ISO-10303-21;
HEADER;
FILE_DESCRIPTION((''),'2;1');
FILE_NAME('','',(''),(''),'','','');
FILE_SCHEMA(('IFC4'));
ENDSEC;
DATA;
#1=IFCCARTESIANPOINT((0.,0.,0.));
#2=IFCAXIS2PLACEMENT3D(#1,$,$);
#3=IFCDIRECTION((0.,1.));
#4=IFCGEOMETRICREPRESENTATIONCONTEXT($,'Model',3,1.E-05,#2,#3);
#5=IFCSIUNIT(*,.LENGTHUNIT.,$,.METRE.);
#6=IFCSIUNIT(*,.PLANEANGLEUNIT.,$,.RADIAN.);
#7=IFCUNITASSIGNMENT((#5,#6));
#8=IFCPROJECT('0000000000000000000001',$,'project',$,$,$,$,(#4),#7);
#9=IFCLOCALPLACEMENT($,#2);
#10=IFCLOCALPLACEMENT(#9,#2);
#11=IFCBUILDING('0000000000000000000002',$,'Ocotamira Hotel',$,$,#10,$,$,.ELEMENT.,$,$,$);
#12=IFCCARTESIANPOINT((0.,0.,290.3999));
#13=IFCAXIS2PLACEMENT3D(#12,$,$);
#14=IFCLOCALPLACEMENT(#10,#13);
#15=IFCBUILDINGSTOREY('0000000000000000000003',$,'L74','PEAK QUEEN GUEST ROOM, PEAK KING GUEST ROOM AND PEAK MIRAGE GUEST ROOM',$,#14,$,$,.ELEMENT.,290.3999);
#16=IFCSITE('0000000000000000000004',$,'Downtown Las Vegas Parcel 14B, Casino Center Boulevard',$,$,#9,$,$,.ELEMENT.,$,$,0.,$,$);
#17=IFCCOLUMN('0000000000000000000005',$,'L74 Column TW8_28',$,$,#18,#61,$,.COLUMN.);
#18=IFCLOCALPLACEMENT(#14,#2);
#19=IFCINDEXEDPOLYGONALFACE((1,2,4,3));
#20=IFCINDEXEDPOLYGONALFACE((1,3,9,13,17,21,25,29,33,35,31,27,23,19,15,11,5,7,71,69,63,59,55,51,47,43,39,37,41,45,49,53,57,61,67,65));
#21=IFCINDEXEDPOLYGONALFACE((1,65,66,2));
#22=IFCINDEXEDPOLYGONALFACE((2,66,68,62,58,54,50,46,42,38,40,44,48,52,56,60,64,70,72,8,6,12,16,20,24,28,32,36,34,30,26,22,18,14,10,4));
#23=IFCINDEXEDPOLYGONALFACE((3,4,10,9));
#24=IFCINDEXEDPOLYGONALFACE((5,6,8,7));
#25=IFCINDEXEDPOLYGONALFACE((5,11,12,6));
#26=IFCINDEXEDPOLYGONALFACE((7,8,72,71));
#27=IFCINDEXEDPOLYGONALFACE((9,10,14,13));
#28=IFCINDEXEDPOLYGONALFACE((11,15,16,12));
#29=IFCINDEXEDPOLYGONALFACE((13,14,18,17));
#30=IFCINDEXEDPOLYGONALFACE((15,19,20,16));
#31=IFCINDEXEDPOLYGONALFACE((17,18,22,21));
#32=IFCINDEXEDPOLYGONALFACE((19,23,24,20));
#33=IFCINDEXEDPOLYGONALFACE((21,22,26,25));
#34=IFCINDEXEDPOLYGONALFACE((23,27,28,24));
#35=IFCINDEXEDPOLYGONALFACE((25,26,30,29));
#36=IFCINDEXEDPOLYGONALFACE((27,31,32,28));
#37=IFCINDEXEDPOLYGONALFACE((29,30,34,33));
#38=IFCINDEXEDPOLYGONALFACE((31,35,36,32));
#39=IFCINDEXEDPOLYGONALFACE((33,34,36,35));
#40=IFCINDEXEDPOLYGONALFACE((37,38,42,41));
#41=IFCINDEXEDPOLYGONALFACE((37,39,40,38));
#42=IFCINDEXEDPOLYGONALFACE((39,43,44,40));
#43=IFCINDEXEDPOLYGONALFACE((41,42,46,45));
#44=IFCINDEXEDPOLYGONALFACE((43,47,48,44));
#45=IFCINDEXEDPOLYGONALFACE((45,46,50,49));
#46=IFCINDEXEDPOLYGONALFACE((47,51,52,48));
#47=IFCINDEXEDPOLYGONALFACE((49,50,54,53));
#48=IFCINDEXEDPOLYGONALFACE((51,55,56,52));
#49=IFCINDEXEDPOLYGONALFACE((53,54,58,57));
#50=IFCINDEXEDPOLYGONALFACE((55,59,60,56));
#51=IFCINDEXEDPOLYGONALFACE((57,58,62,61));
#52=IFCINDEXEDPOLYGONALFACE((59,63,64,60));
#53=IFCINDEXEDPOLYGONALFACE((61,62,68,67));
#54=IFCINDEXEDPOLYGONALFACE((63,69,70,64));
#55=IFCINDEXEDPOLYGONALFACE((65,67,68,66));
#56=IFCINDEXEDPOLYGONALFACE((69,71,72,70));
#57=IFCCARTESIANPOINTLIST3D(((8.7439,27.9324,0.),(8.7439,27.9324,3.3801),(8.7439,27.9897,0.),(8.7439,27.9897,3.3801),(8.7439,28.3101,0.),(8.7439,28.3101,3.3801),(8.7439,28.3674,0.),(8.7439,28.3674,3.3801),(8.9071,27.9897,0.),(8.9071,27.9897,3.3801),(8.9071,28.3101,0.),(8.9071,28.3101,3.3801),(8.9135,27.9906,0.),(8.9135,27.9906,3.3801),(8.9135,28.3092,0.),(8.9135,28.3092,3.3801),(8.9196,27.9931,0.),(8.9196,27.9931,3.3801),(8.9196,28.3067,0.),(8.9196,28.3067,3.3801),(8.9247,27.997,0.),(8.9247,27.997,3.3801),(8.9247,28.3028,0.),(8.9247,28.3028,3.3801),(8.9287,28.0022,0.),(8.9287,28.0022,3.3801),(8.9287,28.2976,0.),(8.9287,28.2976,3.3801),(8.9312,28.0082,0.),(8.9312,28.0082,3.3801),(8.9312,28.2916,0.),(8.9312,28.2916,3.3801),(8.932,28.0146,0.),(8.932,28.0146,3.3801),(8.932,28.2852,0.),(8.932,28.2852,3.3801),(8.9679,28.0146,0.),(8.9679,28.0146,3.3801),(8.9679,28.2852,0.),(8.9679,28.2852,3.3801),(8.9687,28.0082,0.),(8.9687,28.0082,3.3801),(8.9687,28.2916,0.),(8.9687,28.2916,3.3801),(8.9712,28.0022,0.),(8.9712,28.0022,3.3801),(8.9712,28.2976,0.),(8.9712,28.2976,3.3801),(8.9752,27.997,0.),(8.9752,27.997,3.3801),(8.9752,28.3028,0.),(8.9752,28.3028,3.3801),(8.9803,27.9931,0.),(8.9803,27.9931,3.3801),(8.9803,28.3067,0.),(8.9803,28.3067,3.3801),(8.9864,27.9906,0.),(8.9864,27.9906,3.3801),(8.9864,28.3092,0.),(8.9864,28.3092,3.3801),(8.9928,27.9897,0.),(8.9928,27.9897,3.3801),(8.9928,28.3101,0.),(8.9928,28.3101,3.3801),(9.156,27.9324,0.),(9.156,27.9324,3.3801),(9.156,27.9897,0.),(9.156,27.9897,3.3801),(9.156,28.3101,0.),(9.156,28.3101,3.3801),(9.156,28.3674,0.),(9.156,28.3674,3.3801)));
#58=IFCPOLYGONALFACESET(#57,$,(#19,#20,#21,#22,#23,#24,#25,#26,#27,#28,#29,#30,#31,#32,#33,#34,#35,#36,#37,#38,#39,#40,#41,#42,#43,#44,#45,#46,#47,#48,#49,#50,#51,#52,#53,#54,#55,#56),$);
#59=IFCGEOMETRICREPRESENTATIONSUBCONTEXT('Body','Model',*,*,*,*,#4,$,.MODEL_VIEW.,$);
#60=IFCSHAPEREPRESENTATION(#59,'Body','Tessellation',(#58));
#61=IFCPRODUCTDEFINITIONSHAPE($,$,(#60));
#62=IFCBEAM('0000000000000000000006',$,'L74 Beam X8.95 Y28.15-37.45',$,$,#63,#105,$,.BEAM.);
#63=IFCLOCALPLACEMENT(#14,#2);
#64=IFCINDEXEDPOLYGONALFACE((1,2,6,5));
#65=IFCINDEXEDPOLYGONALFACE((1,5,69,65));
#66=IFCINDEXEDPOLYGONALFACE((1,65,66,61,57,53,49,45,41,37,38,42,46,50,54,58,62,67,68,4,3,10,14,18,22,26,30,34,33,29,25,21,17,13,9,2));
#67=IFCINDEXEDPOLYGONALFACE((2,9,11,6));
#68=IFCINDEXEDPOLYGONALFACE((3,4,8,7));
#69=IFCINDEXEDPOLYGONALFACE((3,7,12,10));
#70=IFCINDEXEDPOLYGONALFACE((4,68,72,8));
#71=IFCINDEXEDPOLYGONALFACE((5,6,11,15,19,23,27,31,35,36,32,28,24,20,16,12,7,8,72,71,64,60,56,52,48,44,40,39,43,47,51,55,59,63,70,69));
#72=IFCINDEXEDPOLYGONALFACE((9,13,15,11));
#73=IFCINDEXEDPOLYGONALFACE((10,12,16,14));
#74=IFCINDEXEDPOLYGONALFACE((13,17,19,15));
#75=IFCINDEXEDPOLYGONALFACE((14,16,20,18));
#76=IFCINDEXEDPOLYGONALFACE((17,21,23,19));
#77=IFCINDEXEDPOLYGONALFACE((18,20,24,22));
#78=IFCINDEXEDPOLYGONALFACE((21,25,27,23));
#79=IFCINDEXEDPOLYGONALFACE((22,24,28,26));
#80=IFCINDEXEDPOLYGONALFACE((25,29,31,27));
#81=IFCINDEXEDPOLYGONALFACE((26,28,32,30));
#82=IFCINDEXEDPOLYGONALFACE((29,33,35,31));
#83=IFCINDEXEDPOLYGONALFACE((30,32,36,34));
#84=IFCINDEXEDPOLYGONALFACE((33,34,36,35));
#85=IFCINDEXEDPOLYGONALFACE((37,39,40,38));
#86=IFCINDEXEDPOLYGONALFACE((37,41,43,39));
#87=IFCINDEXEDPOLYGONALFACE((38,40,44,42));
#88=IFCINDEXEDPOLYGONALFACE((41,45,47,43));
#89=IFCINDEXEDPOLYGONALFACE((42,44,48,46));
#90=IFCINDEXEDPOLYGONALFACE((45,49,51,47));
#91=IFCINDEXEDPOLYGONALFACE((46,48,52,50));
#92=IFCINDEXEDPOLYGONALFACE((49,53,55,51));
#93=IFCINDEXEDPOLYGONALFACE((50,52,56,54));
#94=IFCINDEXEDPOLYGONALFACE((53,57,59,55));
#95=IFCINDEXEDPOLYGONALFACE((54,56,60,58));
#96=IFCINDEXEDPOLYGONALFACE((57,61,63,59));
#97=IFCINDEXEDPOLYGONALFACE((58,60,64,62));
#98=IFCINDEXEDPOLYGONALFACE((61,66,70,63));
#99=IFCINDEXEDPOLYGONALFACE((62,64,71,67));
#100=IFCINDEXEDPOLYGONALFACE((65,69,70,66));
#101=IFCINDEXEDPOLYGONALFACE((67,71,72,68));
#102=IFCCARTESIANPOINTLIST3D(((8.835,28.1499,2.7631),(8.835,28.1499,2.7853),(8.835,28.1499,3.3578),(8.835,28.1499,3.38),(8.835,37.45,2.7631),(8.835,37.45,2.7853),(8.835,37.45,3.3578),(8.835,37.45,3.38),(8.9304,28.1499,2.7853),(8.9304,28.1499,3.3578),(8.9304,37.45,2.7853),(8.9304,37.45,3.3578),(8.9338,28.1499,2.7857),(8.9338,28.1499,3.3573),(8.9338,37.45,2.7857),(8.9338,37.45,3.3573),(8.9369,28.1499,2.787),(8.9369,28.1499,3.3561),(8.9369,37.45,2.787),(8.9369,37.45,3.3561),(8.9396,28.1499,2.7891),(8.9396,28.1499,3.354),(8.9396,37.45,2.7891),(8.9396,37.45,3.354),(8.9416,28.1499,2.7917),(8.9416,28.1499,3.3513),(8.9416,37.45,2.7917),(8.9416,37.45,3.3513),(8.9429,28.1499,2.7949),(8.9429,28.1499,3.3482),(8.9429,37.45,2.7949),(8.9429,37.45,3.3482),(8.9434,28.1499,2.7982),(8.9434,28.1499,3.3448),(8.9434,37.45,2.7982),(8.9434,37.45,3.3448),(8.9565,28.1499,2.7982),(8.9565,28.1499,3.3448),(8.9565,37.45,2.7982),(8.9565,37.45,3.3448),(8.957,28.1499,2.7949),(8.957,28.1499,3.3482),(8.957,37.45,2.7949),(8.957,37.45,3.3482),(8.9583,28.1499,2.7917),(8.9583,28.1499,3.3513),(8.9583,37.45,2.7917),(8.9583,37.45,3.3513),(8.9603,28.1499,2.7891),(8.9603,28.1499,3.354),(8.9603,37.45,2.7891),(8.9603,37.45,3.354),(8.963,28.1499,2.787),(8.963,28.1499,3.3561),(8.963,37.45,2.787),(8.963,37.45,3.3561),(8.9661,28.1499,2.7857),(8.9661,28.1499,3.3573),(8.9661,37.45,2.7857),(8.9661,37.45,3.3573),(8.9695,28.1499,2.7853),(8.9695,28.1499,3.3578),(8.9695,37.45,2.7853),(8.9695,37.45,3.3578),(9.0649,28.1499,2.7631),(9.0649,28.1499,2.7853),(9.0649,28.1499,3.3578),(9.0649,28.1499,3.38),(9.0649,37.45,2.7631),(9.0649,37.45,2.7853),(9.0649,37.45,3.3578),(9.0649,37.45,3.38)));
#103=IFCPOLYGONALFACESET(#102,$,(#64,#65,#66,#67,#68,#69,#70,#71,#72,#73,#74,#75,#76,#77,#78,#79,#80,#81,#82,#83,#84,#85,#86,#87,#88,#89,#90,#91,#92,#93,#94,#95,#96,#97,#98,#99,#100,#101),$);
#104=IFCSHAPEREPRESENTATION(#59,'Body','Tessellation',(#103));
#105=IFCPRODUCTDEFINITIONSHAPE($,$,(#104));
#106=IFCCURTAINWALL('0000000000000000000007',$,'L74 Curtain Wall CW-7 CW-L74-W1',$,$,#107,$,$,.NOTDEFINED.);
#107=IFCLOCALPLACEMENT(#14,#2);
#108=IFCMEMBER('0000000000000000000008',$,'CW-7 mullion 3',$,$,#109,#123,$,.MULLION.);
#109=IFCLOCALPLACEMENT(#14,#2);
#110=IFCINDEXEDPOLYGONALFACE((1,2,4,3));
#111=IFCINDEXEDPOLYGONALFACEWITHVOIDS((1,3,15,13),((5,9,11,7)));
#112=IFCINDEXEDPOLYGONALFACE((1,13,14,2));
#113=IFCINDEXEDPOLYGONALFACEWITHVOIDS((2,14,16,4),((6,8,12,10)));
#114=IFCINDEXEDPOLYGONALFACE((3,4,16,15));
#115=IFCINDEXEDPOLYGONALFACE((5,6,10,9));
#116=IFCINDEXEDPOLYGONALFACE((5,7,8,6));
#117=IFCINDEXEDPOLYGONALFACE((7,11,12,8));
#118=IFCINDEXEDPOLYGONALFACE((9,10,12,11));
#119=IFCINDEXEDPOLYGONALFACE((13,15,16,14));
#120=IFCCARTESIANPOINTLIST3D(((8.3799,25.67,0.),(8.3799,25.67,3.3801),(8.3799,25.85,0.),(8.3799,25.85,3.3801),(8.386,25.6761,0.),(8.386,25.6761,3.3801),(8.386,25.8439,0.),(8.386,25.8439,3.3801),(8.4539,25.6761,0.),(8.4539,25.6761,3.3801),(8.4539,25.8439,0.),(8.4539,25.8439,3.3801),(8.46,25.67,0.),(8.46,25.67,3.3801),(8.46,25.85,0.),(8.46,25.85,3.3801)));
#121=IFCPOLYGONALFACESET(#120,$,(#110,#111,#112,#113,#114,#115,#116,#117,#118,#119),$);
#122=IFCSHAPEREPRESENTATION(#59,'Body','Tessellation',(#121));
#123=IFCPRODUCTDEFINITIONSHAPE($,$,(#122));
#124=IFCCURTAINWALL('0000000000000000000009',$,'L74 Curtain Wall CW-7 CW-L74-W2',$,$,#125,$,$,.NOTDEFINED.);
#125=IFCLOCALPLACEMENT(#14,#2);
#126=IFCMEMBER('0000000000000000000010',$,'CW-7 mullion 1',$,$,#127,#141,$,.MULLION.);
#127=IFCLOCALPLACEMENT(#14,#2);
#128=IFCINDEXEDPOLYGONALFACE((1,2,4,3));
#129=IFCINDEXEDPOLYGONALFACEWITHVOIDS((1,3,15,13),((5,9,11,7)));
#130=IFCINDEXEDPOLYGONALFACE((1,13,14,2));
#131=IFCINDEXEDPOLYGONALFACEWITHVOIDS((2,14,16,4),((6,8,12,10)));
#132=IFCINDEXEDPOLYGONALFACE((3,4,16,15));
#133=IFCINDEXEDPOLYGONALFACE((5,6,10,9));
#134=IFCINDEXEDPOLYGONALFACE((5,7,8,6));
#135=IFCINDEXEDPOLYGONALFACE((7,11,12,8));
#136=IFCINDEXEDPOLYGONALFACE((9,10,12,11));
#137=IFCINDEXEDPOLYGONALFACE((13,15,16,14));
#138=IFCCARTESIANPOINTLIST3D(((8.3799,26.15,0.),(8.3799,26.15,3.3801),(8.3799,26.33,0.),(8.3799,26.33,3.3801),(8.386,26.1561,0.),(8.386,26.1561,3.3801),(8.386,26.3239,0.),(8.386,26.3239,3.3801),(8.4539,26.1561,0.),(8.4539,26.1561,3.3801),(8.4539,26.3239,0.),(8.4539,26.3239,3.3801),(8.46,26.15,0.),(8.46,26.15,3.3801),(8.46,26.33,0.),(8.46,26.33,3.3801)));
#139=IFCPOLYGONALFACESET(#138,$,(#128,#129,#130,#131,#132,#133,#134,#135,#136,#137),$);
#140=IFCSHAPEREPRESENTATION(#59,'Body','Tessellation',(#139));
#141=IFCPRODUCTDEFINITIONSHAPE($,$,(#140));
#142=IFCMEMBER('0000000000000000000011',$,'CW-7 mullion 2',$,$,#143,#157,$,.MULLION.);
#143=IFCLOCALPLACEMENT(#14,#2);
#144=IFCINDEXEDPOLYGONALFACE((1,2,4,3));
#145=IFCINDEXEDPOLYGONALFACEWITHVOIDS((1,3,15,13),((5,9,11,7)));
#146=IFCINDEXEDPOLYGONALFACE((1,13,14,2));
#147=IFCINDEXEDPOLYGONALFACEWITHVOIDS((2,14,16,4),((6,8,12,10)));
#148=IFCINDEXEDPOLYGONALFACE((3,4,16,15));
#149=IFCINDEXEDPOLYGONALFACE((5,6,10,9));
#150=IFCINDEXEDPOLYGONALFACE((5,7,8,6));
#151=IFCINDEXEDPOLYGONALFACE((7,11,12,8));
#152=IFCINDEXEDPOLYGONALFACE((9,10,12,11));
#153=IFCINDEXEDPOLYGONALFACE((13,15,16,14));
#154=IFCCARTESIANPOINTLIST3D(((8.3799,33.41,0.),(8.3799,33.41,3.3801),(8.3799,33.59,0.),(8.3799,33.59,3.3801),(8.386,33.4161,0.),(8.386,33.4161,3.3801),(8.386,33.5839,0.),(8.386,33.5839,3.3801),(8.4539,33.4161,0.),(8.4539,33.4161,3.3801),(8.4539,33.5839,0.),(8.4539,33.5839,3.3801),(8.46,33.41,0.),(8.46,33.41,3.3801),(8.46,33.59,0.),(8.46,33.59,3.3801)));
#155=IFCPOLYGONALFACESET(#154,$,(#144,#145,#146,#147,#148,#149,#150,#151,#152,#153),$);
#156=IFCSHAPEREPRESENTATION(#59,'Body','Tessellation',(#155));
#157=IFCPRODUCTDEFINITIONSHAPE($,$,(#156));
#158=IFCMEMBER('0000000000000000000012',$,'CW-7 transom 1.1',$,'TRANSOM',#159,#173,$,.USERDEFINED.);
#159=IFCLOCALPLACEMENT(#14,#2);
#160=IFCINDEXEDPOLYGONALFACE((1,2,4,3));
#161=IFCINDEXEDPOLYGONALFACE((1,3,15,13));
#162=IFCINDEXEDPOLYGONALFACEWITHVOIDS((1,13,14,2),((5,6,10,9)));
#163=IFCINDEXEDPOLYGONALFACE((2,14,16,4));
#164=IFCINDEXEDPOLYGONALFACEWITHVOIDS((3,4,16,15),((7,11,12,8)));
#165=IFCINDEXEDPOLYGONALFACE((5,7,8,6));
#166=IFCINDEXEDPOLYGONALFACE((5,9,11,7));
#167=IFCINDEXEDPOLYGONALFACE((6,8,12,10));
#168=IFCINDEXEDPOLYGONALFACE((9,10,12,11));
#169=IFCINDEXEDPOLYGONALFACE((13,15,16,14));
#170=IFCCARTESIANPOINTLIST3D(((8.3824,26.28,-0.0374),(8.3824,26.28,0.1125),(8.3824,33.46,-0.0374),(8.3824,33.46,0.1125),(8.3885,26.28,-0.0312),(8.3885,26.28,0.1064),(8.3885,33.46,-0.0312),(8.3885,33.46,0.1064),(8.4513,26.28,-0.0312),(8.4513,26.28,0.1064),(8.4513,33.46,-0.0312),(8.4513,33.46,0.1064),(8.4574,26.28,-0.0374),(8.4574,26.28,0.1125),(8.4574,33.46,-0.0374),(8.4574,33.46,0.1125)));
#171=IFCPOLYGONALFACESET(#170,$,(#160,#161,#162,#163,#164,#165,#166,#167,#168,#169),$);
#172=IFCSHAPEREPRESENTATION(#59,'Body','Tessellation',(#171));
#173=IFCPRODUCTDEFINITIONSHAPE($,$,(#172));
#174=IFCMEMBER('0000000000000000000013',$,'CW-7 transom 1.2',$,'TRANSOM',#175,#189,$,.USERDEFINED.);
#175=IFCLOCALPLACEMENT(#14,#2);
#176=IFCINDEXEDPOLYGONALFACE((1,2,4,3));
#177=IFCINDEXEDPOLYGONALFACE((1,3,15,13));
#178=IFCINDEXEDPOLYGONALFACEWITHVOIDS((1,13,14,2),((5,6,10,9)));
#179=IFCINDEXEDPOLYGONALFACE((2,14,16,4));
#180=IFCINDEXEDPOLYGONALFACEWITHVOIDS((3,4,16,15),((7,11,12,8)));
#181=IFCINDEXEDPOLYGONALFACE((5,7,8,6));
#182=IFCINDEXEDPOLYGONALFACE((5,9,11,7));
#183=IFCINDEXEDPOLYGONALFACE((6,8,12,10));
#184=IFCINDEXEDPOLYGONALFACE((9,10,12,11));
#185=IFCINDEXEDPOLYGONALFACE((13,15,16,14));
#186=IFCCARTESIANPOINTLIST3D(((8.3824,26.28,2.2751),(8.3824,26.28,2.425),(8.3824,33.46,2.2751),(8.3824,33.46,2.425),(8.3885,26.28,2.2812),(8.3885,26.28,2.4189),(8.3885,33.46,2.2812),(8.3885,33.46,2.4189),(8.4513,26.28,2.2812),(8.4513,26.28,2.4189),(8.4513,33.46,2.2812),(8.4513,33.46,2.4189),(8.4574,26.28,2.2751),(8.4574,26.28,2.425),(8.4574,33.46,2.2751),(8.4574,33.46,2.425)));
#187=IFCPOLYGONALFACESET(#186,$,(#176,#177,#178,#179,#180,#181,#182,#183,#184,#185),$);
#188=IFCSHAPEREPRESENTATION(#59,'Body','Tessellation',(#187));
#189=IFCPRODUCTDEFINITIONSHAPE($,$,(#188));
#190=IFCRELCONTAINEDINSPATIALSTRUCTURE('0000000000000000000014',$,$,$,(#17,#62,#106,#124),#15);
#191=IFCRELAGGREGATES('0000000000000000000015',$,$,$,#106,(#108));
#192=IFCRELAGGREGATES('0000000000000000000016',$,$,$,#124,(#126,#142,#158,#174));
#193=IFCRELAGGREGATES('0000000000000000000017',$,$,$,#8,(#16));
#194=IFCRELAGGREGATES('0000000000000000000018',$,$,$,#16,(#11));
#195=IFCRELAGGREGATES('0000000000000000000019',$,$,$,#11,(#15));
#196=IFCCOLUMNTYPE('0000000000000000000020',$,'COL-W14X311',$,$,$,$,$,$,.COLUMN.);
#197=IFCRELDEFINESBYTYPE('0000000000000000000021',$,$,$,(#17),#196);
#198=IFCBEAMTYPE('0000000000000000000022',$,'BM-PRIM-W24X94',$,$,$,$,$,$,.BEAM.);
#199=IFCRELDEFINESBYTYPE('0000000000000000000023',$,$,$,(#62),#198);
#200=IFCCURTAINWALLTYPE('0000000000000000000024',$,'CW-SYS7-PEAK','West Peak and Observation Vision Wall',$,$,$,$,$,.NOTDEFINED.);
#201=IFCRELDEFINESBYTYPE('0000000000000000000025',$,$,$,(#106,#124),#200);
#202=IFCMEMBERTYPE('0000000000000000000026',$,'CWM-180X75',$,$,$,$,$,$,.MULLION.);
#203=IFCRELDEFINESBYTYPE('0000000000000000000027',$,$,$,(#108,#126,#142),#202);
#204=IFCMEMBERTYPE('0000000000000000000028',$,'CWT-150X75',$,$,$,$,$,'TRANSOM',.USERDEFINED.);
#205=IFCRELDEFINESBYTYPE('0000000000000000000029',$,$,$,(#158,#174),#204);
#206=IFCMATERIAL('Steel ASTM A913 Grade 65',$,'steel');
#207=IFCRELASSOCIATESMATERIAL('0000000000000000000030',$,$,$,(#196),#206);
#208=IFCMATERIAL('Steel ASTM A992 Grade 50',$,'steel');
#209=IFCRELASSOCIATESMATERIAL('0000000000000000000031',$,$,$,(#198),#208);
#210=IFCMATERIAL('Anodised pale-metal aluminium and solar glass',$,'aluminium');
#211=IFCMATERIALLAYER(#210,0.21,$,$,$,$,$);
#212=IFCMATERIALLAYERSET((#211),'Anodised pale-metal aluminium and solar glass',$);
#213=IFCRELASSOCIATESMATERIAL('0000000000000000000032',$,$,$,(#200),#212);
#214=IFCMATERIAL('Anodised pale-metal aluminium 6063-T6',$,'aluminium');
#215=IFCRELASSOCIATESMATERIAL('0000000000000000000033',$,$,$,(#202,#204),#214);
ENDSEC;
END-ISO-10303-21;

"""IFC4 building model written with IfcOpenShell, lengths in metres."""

from ifc_helpers import new_model, si_unit, direction, frame, origin, origin_2d, place, context, subcontext, project, spatial, hollow_rectangle, i_section, extrude, source, transform, mapped, material, layer, layer_set, material_profile, profile_set, type_object, element, aggregate, save


model = new_model("IFC4")

# Units and contexts
model_context = context("Model", 3, precision=1e-05, world=origin(), true_north=direction((0.0, 1.0)))
body_context = subcontext(model_context, "Body", "Model", "MODEL_VIEW")
ifc_project = project(units=[si_unit("LENGTHUNIT", "METRE"), si_unit("PLANEANGLEUNIT", "RADIAN")], contexts=[model_context])

# Site, building, storey
site_placement = place(None, origin())
site = spatial("IfcSite", under=ifc_project, at=site_placement, Name="Downtown Las Vegas Parcel 14B, Casino Center Boulevard", CompositionType="ELEMENT", RefElevation=0.0)
building_placement = place(site_placement, origin())
building = spatial("IfcBuilding", under=site, at=building_placement, Name="Ocotamira Hotel", CompositionType="ELEMENT")
storey_placement = place(building_placement, frame((0.0, 0.0, 290.3999)))
storey = spatial("IfcBuildingStorey", under=building, at=storey_placement, Name="L74", Description="PEAK QUEEN GUEST ROOM, PEAK KING GUEST ROOM AND PEAK MIRAGE GUEST ROOM", CompositionType="ELEMENT", Elevation=290.3999)

# Column
ifc_material_1 = material(Name="Steel ASTM A913 Grade 65", Category="steel")
ifc_material_profile_1 = material_profile(ifc_material_1, i_section(OverallWidth=0.4121, OverallDepth=0.4351, WebThickness=0.0359, FlangeThickness=0.0574, FilletRadius=0.0249, at=origin_2d()), Name="W14X311")
ifc_profile_set_1 = profile_set([ifc_material_profile_1], Name="Steel ASTM A913 Grade 65")
column_type = type_object("IfcColumnType", Name="COL-W14X311", PredefinedType="COLUMN", material=ifc_profile_set_1)
shared_shape_1 = source(origin(), body_context, "Body", "SweptSolid", [
    extrude(i_section(OverallWidth=0.4121, OverallDepth=0.4351, WebThickness=0.0359, FlangeThickness=0.0574, FilletRadius=0.0249, at=origin_2d()), origin(), (0.0, 0.0, 1.0), 3.3801),
])
column_placement = place(storey_placement, frame((8.95, 28.1499, 0.0), z_axis=(0.0, 0.0, 1.0), x_axis=(1.0, 0.0, 0.0)))
element("IfcColumn", 1, at=column_placement, inside=storey, type_object=column_type, Name="L74 Column TW8_28", PredefinedType="COLUMN", context=body_context, shape_type="MappedRepresentation", body=[
    mapped(shared_shape_1, transform((0.0, 0.0, 0.0), scale=1.0)),
])

# Beam
ifc_material_2 = material(Name="Steel ASTM A992 Grade 50", Category="steel")
ifc_material_profile_2 = material_profile(ifc_material_2, i_section(OverallWidth=0.23, OverallDepth=0.6169, WebThickness=0.0132, FlangeThickness=0.0222, FilletRadius=0.0129, at=origin_2d()), Name="W24X94")
ifc_profile_set_2 = profile_set([ifc_material_profile_2], Name="Steel ASTM A992 Grade 50")
beam_type = type_object("IfcBeamType", Name="BM-PRIM-W24X94", PredefinedType="BEAM", material=ifc_profile_set_2)
shared_shape_2 = source(origin(), body_context, "Body", "SweptSolid", [
    extrude(i_section(OverallWidth=0.23, OverallDepth=0.6169, WebThickness=0.0132, FlangeThickness=0.0222, FilletRadius=0.0129, at=origin_2d()), origin(), (0.0, 0.0, 1.0), 9.3),
])
beam_placement = place(storey_placement, frame((8.95, 28.1499, 3.0715), z_axis=(0.0, 1.0, 0.0), x_axis=(-1.0, 0.0, 0.0)))
element("IfcBeam", 2, at=beam_placement, inside=storey, type_object=beam_type, Name="L74 Beam X8.95 Y28.15-37.45", PredefinedType="BEAM", context=body_context, shape_type="MappedRepresentation", body=[
    mapped(shared_shape_2, transform((0.0, 0.0, 0.0), scale=1.0)),
])

# Curtain wall, member
ifc_material_3 = material(Name="Anodised pale-metal aluminium and solar glass", Category="aluminium")
ifc_layer_1 = layer(ifc_material_3, 0.21)
ifc_layer_set_1 = layer_set([ifc_layer_1], Name="Anodised pale-metal aluminium and solar glass")
curtain_wall_type = type_object("IfcCurtainWallType", Name="CW-SYS7-PEAK", Description="West Peak and Observation Vision Wall", PredefinedType="NOTDEFINED", material=ifc_layer_set_1)
curtain_wall_1_placement = place(storey_placement, origin())
curtain_wall_1 = element("IfcCurtainWall", 3, at=curtain_wall_1_placement, inside=storey, type_object=curtain_wall_type, Name="L74 Curtain Wall CW-7 CW-L74-W1", PredefinedType="NOTDEFINED")
ifc_material_4 = material(Name="Anodised pale-metal aluminium 6063-T6", Category="aluminium")
ifc_material_profile_3 = material_profile(ifc_material_4, hollow_rectangle(XDim=0.0801, YDim=0.1799, WallThickness=0.0061, at=origin_2d()), Name="HSS180X80X6")
ifc_profile_set_3 = profile_set([ifc_material_profile_3], Name="Anodised pale-metal aluminium 6063-T6")
member_type_1 = type_object("IfcMemberType", Name="CWM-180X75", PredefinedType="MULLION", material=ifc_profile_set_3)
shared_shape_3 = source(origin(), body_context, "Body", "SweptSolid", [
    extrude(hollow_rectangle(XDim=0.0801, YDim=0.1799, WallThickness=0.0061, at=origin_2d()), origin(), (0.0, 0.0, 1.0), 3.3801),
])
member_1_placement = place(storey_placement, frame((8.4199, 25.76, 0.0), z_axis=(0.0, 0.0, 1.0), x_axis=(-1.0, 0.0, 0.0)))
member_1 = element("IfcMember", 4, at=member_1_placement, type_object=member_type_1, Name="CW-7 mullion 3", PredefinedType="MULLION", context=body_context, shape_type="MappedRepresentation", body=[
    mapped(shared_shape_3, transform((0.0, 0.0, 0.0), scale=1.0)),
])
aggregate(curtain_wall_1, [member_1])

# Curtain wall, members
curtain_wall_2_placement = place(storey_placement, origin())
curtain_wall_2 = element("IfcCurtainWall", 5, at=curtain_wall_2_placement, inside=storey, type_object=curtain_wall_type, Name="L74 Curtain Wall CW-7 CW-L74-W2", PredefinedType="NOTDEFINED")
member_2_placement = place(storey_placement, frame((8.4199, 26.24, 0.0), z_axis=(0.0, 0.0, 1.0), x_axis=(-1.0, 0.0, 0.0)))
member_2 = element("IfcMember", 6, at=member_2_placement, type_object=member_type_1, Name="CW-7 mullion 1", PredefinedType="MULLION", context=body_context, shape_type="MappedRepresentation", body=[
    mapped(shared_shape_3, transform((0.0, 0.0, 0.0), scale=1.0)),
])
member_3_placement = place(storey_placement, frame((8.4199, 33.5, 0.0), z_axis=(0.0, 0.0, 1.0), x_axis=(-1.0, 0.0, 0.0)))
member_3 = element("IfcMember", 7, at=member_3_placement, type_object=member_type_1, Name="CW-7 mullion 2", PredefinedType="MULLION", context=body_context, shape_type="MappedRepresentation", body=[
    mapped(shared_shape_3, transform((0.0, 0.0, 0.0), scale=1.0)),
])
ifc_material_profile_4 = material_profile(ifc_material_4, hollow_rectangle(XDim=0.075, YDim=0.1499, WallThickness=0.0061, at=origin_2d()), Name="HSS150X75X6")
ifc_profile_set_4 = profile_set([ifc_material_profile_4], Name="Anodised pale-metal aluminium 6063-T6")
member_type_2 = type_object("IfcMemberType", Name="CWT-150X75", ElementType="TRANSOM", PredefinedType="USERDEFINED", material=ifc_profile_set_4)
shared_shape_4 = source(origin(), body_context, "Body", "SweptSolid", [
    extrude(hollow_rectangle(XDim=0.075, YDim=0.1499, WallThickness=0.0061, at=origin_2d()), origin(), (0.0, 0.0, 1.0), 7.1799),
])
member_4_placement = place(storey_placement, frame((8.4199, 26.28, 0.0376), z_axis=(0.0, 1.0, 0.0), x_axis=(-1.0, 0.0, 0.0)))
member_4 = element("IfcMember", 8, at=member_4_placement, type_object=member_type_2, Name="CW-7 transom 1.1", ObjectType="TRANSOM", PredefinedType="USERDEFINED", context=body_context, shape_type="MappedRepresentation", body=[
    mapped(shared_shape_4, transform((0.0, 0.0, 0.0), scale=1.0)),
])
member_5_placement = place(storey_placement, frame((8.4199, 26.28, 2.3501), z_axis=(0.0, 1.0, 0.0), x_axis=(-1.0, 0.0, 0.0)))
member_5 = element("IfcMember", 9, at=member_5_placement, type_object=member_type_2, Name="CW-7 transom 1.2", ObjectType="TRANSOM", PredefinedType="USERDEFINED", context=body_context, shape_type="MappedRepresentation", body=[
    mapped(shared_shape_4, transform((0.0, 0.0, 0.0), scale=1.0)),
])
aggregate(curtain_wall_2, [member_2, member_3, member_4, member_5])

save(model, "model.ifc")
